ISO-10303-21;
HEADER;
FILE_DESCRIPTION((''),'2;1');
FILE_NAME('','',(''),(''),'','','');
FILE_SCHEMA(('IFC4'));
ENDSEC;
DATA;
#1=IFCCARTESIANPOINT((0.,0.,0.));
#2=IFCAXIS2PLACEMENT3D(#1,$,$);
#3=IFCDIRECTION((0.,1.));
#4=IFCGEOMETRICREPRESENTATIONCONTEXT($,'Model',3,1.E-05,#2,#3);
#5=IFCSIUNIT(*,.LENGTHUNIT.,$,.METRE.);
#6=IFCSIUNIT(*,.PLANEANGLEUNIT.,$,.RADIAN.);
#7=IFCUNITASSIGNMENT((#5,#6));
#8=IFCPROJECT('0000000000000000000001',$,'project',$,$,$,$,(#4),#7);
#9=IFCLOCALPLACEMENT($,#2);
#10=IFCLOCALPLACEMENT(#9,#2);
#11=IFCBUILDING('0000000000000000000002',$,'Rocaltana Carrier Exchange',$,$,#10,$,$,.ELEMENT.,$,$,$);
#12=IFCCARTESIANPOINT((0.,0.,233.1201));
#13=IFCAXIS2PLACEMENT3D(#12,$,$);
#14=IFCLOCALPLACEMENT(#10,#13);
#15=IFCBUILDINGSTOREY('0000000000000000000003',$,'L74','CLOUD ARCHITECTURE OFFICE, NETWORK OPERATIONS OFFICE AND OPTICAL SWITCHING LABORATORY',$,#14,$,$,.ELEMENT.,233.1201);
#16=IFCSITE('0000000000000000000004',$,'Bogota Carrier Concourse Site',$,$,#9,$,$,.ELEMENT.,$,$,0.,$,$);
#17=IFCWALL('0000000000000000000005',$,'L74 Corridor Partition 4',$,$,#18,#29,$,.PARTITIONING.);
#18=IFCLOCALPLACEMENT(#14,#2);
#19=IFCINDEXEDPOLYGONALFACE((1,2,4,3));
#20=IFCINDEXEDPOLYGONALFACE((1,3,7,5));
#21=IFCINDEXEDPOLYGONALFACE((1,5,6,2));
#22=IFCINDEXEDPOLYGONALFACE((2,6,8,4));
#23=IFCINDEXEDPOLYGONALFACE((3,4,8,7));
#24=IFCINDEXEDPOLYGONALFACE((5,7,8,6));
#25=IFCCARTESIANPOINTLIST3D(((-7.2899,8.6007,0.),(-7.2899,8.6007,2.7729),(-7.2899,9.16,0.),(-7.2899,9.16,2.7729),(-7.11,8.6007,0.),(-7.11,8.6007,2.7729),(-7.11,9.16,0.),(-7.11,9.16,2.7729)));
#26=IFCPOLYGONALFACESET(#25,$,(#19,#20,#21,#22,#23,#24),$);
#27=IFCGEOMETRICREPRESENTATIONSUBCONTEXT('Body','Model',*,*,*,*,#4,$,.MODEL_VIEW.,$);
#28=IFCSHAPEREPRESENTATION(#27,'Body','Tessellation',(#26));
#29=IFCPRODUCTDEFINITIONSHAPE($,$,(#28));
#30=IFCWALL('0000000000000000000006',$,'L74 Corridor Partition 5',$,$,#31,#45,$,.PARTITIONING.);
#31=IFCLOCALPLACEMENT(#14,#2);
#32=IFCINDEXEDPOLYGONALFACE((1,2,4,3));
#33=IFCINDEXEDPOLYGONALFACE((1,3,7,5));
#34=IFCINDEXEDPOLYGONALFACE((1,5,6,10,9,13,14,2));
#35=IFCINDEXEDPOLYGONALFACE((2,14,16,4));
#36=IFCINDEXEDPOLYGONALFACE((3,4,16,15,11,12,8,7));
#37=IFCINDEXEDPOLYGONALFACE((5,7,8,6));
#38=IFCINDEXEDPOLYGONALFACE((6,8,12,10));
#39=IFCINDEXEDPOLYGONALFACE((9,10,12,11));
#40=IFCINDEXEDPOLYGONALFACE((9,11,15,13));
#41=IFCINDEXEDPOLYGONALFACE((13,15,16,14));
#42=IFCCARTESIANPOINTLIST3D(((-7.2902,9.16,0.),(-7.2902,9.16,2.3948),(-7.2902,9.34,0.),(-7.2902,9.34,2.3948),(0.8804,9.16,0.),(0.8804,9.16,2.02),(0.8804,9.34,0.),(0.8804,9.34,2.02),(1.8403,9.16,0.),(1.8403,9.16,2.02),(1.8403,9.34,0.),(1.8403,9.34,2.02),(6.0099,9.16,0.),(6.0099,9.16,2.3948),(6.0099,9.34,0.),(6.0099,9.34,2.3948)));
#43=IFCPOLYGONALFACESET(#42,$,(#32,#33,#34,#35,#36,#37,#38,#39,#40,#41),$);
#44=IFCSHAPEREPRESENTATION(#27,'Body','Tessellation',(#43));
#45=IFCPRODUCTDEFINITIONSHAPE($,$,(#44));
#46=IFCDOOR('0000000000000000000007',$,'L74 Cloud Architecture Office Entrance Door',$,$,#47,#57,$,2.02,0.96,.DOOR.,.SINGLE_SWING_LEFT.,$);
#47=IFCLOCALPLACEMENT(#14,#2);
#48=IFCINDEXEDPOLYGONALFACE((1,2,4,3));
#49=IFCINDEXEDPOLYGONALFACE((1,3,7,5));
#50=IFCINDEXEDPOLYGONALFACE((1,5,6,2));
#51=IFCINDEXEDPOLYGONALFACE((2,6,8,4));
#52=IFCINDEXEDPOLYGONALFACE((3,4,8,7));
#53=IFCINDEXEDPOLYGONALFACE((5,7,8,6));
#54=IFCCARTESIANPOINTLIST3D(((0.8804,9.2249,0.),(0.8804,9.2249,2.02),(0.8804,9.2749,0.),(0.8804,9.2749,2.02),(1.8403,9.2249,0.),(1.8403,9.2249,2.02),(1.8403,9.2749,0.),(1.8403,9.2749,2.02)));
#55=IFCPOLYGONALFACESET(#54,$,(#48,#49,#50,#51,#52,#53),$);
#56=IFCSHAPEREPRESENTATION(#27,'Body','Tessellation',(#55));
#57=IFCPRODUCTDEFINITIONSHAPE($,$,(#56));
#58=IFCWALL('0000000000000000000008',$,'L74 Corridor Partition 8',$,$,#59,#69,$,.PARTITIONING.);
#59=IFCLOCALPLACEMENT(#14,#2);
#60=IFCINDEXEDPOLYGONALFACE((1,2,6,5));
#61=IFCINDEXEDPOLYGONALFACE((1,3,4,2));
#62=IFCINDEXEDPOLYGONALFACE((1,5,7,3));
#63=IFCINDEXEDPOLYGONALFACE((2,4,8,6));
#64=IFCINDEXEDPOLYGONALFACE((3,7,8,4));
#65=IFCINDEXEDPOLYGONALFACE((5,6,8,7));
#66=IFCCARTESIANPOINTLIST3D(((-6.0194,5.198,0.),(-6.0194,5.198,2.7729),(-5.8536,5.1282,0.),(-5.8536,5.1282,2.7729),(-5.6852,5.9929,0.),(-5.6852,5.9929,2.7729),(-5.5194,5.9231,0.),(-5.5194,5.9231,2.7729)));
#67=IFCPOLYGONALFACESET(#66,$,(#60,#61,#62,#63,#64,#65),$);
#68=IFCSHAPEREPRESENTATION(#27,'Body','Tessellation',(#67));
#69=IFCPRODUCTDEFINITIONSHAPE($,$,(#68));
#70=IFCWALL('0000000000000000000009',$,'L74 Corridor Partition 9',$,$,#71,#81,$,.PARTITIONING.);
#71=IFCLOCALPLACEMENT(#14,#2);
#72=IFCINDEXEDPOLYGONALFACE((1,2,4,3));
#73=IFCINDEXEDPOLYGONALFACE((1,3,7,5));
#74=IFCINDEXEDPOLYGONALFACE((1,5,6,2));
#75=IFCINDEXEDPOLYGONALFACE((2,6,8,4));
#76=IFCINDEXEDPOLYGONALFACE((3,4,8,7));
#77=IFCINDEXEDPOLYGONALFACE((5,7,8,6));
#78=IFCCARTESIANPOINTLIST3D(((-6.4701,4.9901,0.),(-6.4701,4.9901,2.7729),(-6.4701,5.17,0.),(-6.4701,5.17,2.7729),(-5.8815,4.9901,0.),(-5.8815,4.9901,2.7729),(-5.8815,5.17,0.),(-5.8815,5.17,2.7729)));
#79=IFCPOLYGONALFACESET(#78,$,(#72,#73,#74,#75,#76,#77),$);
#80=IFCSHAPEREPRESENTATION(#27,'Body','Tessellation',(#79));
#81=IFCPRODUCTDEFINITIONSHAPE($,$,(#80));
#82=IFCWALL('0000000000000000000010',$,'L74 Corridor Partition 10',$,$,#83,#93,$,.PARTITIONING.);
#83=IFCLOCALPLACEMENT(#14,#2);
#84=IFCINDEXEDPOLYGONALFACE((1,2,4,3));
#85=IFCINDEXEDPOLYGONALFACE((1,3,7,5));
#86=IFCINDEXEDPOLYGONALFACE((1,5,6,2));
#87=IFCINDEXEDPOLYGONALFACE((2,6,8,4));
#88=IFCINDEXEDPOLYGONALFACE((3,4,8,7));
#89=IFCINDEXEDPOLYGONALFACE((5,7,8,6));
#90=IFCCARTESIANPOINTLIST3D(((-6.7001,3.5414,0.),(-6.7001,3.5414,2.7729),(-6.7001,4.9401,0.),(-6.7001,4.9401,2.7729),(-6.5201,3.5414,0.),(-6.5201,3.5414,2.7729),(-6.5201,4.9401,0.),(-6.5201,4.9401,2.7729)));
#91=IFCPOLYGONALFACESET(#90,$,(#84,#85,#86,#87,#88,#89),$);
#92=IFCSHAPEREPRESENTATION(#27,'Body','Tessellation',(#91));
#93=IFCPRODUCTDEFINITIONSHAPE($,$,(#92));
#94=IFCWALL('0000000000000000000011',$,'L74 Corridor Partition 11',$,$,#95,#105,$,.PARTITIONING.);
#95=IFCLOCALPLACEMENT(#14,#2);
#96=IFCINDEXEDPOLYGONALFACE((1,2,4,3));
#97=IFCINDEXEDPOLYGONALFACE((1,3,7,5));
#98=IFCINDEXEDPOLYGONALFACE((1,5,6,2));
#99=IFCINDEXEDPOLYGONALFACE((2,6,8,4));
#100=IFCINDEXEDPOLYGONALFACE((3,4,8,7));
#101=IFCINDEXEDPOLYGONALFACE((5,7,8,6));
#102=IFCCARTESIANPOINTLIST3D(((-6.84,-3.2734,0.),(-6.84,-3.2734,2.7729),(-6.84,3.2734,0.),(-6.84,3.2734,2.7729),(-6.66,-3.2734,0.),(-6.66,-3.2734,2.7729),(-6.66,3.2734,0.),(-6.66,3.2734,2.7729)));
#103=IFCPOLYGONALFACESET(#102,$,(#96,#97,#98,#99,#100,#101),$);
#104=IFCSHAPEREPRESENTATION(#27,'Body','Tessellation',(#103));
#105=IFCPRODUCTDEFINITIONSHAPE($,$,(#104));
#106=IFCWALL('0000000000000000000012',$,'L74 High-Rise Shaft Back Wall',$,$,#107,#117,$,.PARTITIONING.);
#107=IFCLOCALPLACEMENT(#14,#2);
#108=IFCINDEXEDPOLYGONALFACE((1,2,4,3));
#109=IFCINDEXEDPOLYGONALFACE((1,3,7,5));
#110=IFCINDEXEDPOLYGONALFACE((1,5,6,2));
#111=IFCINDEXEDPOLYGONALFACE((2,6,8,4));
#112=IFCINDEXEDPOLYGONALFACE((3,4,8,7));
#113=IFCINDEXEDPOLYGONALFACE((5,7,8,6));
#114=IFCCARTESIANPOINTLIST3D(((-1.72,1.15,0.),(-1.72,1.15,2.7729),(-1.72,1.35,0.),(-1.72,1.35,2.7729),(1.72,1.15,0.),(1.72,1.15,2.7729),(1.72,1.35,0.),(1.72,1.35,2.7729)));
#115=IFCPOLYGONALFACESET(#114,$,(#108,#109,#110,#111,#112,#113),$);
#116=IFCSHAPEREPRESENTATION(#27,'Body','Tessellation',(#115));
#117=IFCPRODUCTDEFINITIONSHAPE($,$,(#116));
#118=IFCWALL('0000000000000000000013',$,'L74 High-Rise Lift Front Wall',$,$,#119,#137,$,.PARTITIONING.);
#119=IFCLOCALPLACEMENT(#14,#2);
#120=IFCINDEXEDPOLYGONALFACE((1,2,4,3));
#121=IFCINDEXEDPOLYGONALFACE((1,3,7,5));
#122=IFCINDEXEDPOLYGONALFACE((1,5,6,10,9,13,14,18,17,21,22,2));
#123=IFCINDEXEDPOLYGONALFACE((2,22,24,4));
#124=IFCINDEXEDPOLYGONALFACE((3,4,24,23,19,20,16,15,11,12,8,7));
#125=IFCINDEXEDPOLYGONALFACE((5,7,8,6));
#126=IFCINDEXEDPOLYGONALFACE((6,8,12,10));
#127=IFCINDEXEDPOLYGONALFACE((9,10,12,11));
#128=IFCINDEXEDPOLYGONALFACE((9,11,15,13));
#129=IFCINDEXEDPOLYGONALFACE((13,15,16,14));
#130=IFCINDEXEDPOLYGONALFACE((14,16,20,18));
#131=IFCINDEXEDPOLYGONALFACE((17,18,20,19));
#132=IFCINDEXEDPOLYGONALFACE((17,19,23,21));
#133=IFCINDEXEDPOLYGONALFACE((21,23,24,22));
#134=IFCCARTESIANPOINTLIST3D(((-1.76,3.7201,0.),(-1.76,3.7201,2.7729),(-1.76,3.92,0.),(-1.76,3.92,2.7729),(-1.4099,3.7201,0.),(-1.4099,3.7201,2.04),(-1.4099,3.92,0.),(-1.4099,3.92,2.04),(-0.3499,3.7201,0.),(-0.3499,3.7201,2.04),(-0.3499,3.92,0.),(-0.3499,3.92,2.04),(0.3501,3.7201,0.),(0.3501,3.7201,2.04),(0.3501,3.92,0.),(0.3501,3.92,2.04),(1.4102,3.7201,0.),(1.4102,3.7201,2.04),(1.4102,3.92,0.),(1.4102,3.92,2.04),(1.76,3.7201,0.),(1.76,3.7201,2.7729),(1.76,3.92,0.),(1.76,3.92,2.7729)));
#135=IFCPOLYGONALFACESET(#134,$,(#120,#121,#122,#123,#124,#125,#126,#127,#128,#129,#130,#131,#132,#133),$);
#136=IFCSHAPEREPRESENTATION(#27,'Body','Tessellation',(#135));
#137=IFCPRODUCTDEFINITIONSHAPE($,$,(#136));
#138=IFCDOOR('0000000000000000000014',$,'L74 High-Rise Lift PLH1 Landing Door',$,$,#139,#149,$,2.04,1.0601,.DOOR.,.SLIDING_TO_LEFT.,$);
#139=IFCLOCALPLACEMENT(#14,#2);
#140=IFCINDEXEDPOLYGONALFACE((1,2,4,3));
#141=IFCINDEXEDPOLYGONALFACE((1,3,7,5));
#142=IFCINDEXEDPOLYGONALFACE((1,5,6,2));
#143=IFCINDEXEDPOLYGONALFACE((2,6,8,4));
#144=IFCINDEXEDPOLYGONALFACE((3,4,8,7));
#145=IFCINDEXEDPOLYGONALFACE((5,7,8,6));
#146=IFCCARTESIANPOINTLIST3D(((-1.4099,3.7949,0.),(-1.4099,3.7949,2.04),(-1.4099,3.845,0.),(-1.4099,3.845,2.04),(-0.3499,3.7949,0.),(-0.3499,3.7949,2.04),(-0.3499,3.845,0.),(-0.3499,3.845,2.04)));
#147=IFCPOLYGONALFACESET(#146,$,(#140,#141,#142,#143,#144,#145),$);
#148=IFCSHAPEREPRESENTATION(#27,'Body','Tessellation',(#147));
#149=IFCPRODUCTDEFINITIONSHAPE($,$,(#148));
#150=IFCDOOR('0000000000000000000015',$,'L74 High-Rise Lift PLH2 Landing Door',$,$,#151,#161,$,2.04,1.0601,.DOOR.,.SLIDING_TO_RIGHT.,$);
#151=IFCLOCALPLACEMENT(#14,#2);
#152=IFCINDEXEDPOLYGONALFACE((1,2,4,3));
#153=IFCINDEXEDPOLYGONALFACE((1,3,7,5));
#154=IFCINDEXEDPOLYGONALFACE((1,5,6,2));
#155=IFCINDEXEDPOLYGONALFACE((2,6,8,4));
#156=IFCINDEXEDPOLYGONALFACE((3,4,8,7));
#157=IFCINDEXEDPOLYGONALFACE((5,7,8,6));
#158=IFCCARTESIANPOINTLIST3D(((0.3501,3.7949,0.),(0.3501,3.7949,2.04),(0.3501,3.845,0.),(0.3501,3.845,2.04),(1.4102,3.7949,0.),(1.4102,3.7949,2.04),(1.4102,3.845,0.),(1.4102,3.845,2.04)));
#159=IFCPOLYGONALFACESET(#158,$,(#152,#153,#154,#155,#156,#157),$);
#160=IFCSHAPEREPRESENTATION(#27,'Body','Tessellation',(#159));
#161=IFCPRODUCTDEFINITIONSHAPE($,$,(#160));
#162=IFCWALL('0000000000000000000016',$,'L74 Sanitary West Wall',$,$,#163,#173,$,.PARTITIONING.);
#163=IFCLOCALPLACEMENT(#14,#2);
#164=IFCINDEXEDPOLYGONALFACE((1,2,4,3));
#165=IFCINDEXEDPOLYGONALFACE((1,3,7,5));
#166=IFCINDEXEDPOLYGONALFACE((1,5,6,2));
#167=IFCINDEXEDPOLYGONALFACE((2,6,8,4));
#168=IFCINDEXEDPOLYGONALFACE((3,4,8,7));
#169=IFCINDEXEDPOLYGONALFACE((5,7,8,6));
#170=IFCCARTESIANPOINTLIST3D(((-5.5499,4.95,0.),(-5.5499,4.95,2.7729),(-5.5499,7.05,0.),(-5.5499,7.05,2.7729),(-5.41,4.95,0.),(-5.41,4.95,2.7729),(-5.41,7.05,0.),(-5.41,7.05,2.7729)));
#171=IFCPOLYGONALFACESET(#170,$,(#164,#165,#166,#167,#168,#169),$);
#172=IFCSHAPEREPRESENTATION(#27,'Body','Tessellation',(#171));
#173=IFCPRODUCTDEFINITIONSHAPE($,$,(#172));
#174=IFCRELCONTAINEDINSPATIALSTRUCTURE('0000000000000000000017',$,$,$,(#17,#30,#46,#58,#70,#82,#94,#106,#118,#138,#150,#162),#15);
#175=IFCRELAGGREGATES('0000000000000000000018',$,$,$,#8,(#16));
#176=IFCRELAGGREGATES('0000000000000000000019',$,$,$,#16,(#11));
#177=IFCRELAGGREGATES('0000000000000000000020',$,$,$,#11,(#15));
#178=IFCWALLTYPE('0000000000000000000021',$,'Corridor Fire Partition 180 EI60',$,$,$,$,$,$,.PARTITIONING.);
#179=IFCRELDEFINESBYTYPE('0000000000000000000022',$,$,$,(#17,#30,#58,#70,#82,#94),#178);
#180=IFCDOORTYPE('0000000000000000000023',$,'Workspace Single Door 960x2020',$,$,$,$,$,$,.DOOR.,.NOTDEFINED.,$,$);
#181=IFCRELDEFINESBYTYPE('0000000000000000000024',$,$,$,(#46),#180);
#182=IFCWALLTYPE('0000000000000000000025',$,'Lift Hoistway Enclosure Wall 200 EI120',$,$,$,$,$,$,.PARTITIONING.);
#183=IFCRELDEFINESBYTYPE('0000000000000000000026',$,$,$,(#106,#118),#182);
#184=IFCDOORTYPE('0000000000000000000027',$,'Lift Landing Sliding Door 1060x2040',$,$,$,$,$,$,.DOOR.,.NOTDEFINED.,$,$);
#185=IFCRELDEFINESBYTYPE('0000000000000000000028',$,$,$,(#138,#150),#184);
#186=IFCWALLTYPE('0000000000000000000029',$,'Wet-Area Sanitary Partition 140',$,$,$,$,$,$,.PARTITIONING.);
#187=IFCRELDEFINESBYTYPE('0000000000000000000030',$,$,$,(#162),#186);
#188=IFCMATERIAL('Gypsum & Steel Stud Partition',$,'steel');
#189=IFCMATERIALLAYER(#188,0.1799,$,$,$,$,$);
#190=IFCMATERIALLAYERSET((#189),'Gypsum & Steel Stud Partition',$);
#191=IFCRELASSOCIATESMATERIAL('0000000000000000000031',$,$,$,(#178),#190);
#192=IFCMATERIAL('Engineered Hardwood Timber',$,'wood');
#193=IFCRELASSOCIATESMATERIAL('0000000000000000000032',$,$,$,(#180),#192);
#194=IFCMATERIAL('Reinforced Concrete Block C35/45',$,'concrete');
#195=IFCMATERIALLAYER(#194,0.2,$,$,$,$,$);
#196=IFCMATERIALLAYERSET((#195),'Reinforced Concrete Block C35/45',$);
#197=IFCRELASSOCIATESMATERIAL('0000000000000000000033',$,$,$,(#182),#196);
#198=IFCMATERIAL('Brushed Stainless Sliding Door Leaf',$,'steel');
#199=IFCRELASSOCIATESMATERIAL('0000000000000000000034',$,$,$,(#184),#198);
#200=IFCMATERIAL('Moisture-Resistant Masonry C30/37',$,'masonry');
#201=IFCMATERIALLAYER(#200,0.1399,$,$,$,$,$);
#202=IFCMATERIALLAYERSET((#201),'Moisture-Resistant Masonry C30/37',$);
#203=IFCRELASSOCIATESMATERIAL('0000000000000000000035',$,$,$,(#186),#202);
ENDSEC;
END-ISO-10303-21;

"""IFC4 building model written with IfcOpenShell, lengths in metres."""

from ifc_helpers import new_model, si_unit, direction, frame, frame_2d, origin, place, context, subcontext, project, spatial, rectangle, extrude, material, layer, layer_set, type_object, element, fill, save


model = new_model("IFC4")

# Units and contexts
model_context = context("Model", 3, precision=1e-05, world=origin(), true_north=direction((0.0, 1.0)))
body_context = subcontext(model_context, "Body", "Model", "MODEL_VIEW")
ifc_project = project(units=[si_unit("LENGTHUNIT", "METRE"), si_unit("PLANEANGLEUNIT", "RADIAN")], contexts=[model_context])

# Site, building, storey
site_placement = place(None, origin())
site = spatial("IfcSite", under=ifc_project, at=site_placement, Name="Bogota Carrier Concourse Site", CompositionType="ELEMENT", RefElevation=0.0)
building_placement = place(site_placement, origin())
building = spatial("IfcBuilding", under=site, at=building_placement, Name="Rocaltana Carrier Exchange", CompositionType="ELEMENT")
storey_placement = place(building_placement, frame((0.0, 0.0, 233.1201)))
storey = spatial("IfcBuildingStorey", under=building, at=storey_placement, Name="L74", Description="CLOUD ARCHITECTURE OFFICE, NETWORK OPERATIONS OFFICE AND OPTICAL SWITCHING LABORATORY", CompositionType="ELEMENT", Elevation=233.1201)

# Wall
ifc_material_1 = material(Name="Gypsum & Steel Stud Partition", Category="steel")
ifc_layer_1 = layer(ifc_material_1, 0.1799)
ifc_layer_set_1 = layer_set([ifc_layer_1], Name="Gypsum & Steel Stud Partition")
wall_type_1 = type_object("IfcWallType", Name="Corridor Fire Partition 180 EI60", PredefinedType="PARTITIONING", material=ifc_layer_set_1)
wall_1_placement = place(storey_placement, frame((-7.2, 8.6006, 0.0), z_axis=(0.0, 0.0, 1.0), x_axis=(0.0, 1.0, 0.0)))
element("IfcWall", 1, at=wall_1_placement, inside=storey, type_object=wall_type_1, Name="L74 Corridor Partition 4", PredefinedType="PARTITIONING", context=body_context, shape_type="SweptSolid", body=[
    extrude(rectangle(XDim=0.5593, YDim=0.1799, at=frame_2d((0.2798, 0.0))), origin(), (0.0, 0.0, 1.0), 2.7729),
])

# Wall, opening, door
wall_2_placement = place(storey_placement, frame((-7.29, 9.25, 0.0), z_axis=(0.0, 0.0, 1.0), x_axis=(1.0, 0.0, 0.0)))
wall_2 = element("IfcWall", 2, at=wall_2_placement, inside=storey, type_object=wall_type_1, Name="L74 Corridor Partition 5", PredefinedType="PARTITIONING", context=body_context, shape_type="SweptSolid", body=[
    extrude(rectangle(XDim=13.3, YDim=0.1799, at=frame_2d((6.6499, 0.0))), origin(), (0.0, 0.0, 1.0), 2.3948),
])
opening_1_placement = place(wall_2_placement, frame((8.1704, 0.0, 0.0)))
opening_1 = element("IfcOpeningElement", 3, at=opening_1_placement, cuts=wall_2, PredefinedType="OPENING", context=body_context, shape_type="SweptSolid", body=[
    extrude(rectangle(XDim=0.96, YDim=2.02, at=frame_2d((0.48, 1.01))), frame((0.0, 0.0999, 0.0), z_axis=(0.0, -1.0, 0.0), x_axis=(1.0, 0.0, 0.0)), (0.0, 0.0, 1.0), 0.2),
])
ifc_material_2 = material(Name="Engineered Hardwood Timber", Category="wood")
door_type_1 = type_object("IfcDoorType", Name="Workspace Single Door 960x2020", OperationType="NOTDEFINED", PredefinedType="DOOR", material=ifc_material_2)
door_1_placement = place(opening_1_placement, origin())
door_1 = element("IfcDoor", 4, at=door_1_placement, inside=storey, type_object=door_type_1, Name="L74 Cloud Architecture Office Entrance Door", OperationType="SINGLE_SWING_LEFT", OverallHeight=2.02, OverallWidth=0.96, PredefinedType="DOOR", context=body_context, shape_type="SweptSolid", body=[
    extrude(rectangle(XDim=0.96, YDim=2.02, at=frame_2d((0.48, 1.01))), frame((0.0, 0.0249, 0.0), z_axis=(0.0, -1.0, 0.0), x_axis=(1.0, 0.0, 0.0)), (0.0, 0.0, 1.0), 0.05),
])
fill(opening_1, door_1)

# Walls
wall_3_placement = place(storey_placement, frame((-5.6023, 5.958, 0.0), z_axis=(0.0, 0.0, 1.0), x_axis=(-0.387589, -0.921832, 0.0)))
element("IfcWall", 5, at=wall_3_placement, inside=storey, type_object=wall_type_1, Name="L74 Corridor Partition 8", PredefinedType="PARTITIONING", context=body_context, shape_type="SweptSolid", body=[
    extrude(rectangle(XDim=0.8623, YDim=0.1799, at=frame_2d((0.4312, 0.0))), origin(), (0.0, 0.0, 1.0), 2.7729),
])
wall_4_placement = place(storey_placement, frame((-5.8813, 5.0801, 0.0), z_axis=(0.0, 0.0, 1.0), x_axis=(-1.0, 0.0, 0.0)))
element("IfcWall", 6, at=wall_4_placement, inside=storey, type_object=wall_type_1, Name="L74 Corridor Partition 9", PredefinedType="PARTITIONING", context=body_context, shape_type="SweptSolid", body=[
    extrude(rectangle(XDim=0.5886, YDim=0.1799, at=frame_2d((0.2944, 0.0))), origin(), (0.0, 0.0, 1.0), 2.7729),
])
wall_5_placement = place(storey_placement, frame((-6.6101, 4.9399, 0.0), z_axis=(0.0, 0.0, 1.0), x_axis=(0.0, -1.0, 0.0)))
element("IfcWall", 7, at=wall_5_placement, inside=storey, type_object=wall_type_1, Name="L74 Corridor Partition 10", PredefinedType="PARTITIONING", context=body_context, shape_type="SweptSolid", body=[
    extrude(rectangle(XDim=1.3987, YDim=0.1799, at=frame_2d((0.6992, 0.0))), origin(), (0.0, 0.0, 1.0), 2.7729),
])
wall_6_placement = place(storey_placement, frame((-6.75, 3.2734, 0.0), z_axis=(0.0, 0.0, 1.0), x_axis=(0.0, -1.0, 0.0)))
element("IfcWall", 8, at=wall_6_placement, inside=storey, type_object=wall_type_1, Name="L74 Corridor Partition 11", PredefinedType="PARTITIONING", context=body_context, shape_type="SweptSolid", body=[
    extrude(rectangle(XDim=6.5469, YDim=0.1799, at=frame_2d((3.2734, 0.0))), origin(), (0.0, 0.0, 1.0), 2.7729),
])
ifc_material_3 = material(Name="Reinforced Concrete Block C35/45", Category="concrete")
ifc_layer_2 = layer(ifc_material_3, 0.2)
ifc_layer_set_2 = layer_set([ifc_layer_2], Name="Reinforced Concrete Block C35/45")
wall_type_2 = type_object("IfcWallType", Name="Lift Hoistway Enclosure Wall 200 EI120", PredefinedType="PARTITIONING", material=ifc_layer_set_2)
wall_7_placement = place(storey_placement, frame((-1.72, 1.25, 0.0), z_axis=(0.0, 0.0, 1.0), x_axis=(1.0, 0.0, 0.0)))
element("IfcWall", 9, at=wall_7_placement, inside=storey, type_object=wall_type_2, Name="L74 High-Rise Shaft Back Wall", PredefinedType="PARTITIONING", context=body_context, shape_type="SweptSolid", body=[
    extrude(rectangle(XDim=3.4399, YDim=0.2, at=frame_2d((1.72, 0.0))), origin(), (0.0, 0.0, 1.0), 2.7729),
])

# Wall, openings, doors
wall_8_placement = place(storey_placement, frame((-1.76, 3.8201, 0.0), z_axis=(0.0, 0.0, 1.0), x_axis=(1.0, 0.0, 0.0)))
wall_8 = element("IfcWall", 10, at=wall_8_placement, inside=storey, type_object=wall_type_2, Name="L74 High-Rise Lift Front Wall", PredefinedType="PARTITIONING", context=body_context, shape_type="SweptSolid", body=[
    extrude(rectangle(XDim=3.52, YDim=0.2, at=frame_2d((1.76, 0.0))), origin(), (0.0, 0.0, 1.0), 2.7729),
])
opening_2_placement = place(wall_8_placement, frame((0.3501, 0.0, 0.0)))
opening_2 = element("IfcOpeningElement", 11, at=opening_2_placement, cuts=wall_8, PredefinedType="OPENING", context=body_context, shape_type="SweptSolid", body=[
    extrude(rectangle(XDim=1.0601, YDim=2.04, at=frame_2d((0.53, 1.02))), frame((0.0, 0.1099, 0.0), z_axis=(0.0, -1.0, 0.0), x_axis=(1.0, 0.0, 0.0)), (0.0, 0.0, 1.0), 0.22),
])
opening_3_placement = place(wall_8_placement, frame((2.1101, 0.0, 0.0)))
opening_3 = element("IfcOpeningElement", 12, at=opening_3_placement, cuts=wall_8, PredefinedType="OPENING", context=body_context, shape_type="SweptSolid", body=[
    extrude(rectangle(XDim=1.0601, YDim=2.04, at=frame_2d((0.53, 1.02))), frame((0.0, 0.1099, 0.0), z_axis=(0.0, -1.0, 0.0), x_axis=(1.0, 0.0, 0.0)), (0.0, 0.0, 1.0), 0.22),
])
ifc_material_4 = material(Name="Brushed Stainless Sliding Door Leaf", Category="steel")
door_type_2 = type_object("IfcDoorType", Name="Lift Landing Sliding Door 1060x2040", OperationType="NOTDEFINED", PredefinedType="DOOR", material=ifc_material_4)
door_2_placement = place(opening_2_placement, origin())
door_2 = element("IfcDoor", 13, at=door_2_placement, inside=storey, type_object=door_type_2, Name="L74 High-Rise Lift PLH1 Landing Door", OperationType="SLIDING_TO_LEFT", OverallHeight=2.04, OverallWidth=1.0601, PredefinedType="DOOR", context=body_context, shape_type="SweptSolid", body=[
    extrude(rectangle(XDim=1.0601, YDim=2.04, at=frame_2d((0.53, 1.02))), frame((0.0, 0.0249, 0.0), z_axis=(0.0, -1.0, 0.0), x_axis=(1.0, 0.0, 0.0)), (0.0, 0.0, 1.0), 0.05),
])
fill(opening_2, door_2)
door_3_placement = place(opening_3_placement, origin())
door_3 = element("IfcDoor", 14, at=door_3_placement, inside=storey, type_object=door_type_2, Name="L74 High-Rise Lift PLH2 Landing Door", OperationType="SLIDING_TO_RIGHT", OverallHeight=2.04, OverallWidth=1.0601, PredefinedType="DOOR", context=body_context, shape_type="SweptSolid", body=[
    extrude(rectangle(XDim=1.0601, YDim=2.04, at=frame_2d((0.53, 1.02))), frame((0.0, 0.0249, 0.0), z_axis=(0.0, -1.0, 0.0), x_axis=(1.0, 0.0, 0.0)), (0.0, 0.0, 1.0), 0.05),
])
fill(opening_3, door_3)

# Wall
ifc_material_5 = material(Name="Moisture-Resistant Masonry C30/37", Category="masonry")
ifc_layer_3 = layer(ifc_material_5, 0.1399)
ifc_layer_set_3 = layer_set([ifc_layer_3], Name="Moisture-Resistant Masonry C30/37")
wall_type_3 = type_object("IfcWallType", Name="Wet-Area Sanitary Partition 140", PredefinedType="PARTITIONING", material=ifc_layer_set_3)
for number, where, z_axis, x_axis, name in (
    (15, (-5.48, 4.95, 0.0), (0.0, 0.0, 1.0), (0.0, 1.0, 0.0), "L74 Sanitary West Wall"),
):
    element("IfcWall", number, at=place(storey_placement, frame(where, z_axis=z_axis, x_axis=x_axis)), inside=storey, type_object=wall_type_3, Name=name, PredefinedType="PARTITIONING", context=body_context, shape_type="SweptSolid", body=[
        extrude(rectangle(XDim=2.1001, YDim=0.1399, at=frame_2d((1.05, 0.0))), origin(), (0.0, 0.0, 1.0), 2.7729),
    ])

save(model, "model.ifc")
